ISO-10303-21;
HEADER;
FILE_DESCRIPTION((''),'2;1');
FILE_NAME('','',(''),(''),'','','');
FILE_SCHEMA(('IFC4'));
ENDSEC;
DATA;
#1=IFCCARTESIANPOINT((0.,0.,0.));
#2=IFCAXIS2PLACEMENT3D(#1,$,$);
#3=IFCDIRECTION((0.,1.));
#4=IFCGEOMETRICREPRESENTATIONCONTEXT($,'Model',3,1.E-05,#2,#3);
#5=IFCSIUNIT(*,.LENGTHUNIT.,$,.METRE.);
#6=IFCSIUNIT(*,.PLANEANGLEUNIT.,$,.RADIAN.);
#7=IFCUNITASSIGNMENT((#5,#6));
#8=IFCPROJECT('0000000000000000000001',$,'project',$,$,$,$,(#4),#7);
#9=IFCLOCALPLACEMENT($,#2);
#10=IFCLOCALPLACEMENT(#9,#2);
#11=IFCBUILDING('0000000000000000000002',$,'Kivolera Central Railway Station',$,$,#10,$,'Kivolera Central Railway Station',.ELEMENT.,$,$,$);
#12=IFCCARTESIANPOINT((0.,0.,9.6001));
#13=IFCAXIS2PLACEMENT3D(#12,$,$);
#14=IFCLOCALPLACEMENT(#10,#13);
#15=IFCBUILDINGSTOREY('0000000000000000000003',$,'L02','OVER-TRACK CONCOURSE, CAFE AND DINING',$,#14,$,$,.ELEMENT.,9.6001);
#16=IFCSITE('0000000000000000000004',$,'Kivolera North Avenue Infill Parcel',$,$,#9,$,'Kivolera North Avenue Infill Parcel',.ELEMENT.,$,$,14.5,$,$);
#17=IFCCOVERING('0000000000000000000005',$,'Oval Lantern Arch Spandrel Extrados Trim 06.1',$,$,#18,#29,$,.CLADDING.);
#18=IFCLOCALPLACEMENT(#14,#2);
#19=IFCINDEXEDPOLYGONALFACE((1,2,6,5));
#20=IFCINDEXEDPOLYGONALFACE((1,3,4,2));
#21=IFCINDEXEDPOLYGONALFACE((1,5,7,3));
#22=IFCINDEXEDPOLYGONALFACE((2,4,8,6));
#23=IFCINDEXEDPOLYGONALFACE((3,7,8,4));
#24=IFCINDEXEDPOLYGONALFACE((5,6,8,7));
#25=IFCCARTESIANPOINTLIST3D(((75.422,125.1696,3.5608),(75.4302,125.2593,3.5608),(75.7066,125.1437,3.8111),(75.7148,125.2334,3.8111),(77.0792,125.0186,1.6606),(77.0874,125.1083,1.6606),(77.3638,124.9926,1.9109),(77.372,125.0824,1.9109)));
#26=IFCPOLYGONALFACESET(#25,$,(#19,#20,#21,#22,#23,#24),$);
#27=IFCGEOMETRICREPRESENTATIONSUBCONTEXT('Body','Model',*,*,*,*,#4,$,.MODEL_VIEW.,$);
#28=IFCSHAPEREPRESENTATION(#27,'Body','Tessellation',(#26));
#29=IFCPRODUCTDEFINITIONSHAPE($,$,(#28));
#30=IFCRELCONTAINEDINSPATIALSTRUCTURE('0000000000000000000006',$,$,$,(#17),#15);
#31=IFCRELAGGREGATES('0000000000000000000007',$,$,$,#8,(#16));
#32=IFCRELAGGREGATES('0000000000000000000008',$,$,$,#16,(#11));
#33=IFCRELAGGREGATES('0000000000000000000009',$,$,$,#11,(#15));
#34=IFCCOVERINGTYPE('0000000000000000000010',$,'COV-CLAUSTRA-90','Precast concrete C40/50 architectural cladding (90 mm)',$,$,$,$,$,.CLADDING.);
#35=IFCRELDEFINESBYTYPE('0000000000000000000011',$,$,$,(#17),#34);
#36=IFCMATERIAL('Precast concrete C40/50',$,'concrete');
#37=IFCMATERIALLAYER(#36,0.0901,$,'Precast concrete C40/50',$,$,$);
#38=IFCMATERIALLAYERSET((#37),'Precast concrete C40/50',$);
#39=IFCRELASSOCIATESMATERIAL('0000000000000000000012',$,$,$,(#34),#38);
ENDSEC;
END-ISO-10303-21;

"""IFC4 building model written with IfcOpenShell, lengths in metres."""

from ifc_helpers import new_model, si_unit, direction, frame, origin, origin_2d, place, context, subcontext, project, spatial, rectangle, extrude, material, layer, layer_set, type_object, element, save


model = new_model("IFC4")

# Units and contexts
model_context = context("Model", 3, precision=1e-05, world=origin(), true_north=direction((0.0, 1.0)))
body_context = subcontext(model_context, "Body", "Model", "MODEL_VIEW")
ifc_project = project(units=[si_unit("LENGTHUNIT", "METRE"), si_unit("PLANEANGLEUNIT", "RADIAN")], contexts=[model_context])

# Site, building, storey
site_placement = place(None, origin())
site = spatial("IfcSite", under=ifc_project, at=site_placement, Name="Kivolera North Avenue Infill Parcel", LongName="Kivolera North Avenue Infill Parcel", CompositionType="ELEMENT", RefElevation=14.5)
building_placement = place(site_placement, origin())
building = spatial("IfcBuilding", under=site, at=building_placement, Name="Kivolera Central Railway Station", LongName="Kivolera Central Railway Station", CompositionType="ELEMENT")
storey_placement = place(building_placement, frame((0.0, 0.0, 9.6001)))
storey = spatial("IfcBuildingStorey", under=building, at=storey_placement, Name="L02", Description="OVER-TRACK CONCOURSE, CAFE AND DINING", CompositionType="ELEMENT", Elevation=9.6001)

# Covering
ifc_material_1 = material(Name="Precast concrete C40/50", Category="concrete")
ifc_layer_1 = layer(ifc_material_1, 0.0901, Name="Precast concrete C40/50")
ifc_layer_set_1 = layer_set([ifc_layer_1], Name="Precast concrete C40/50")
covering_type = type_object("IfcCoveringType", Name="COV-CLAUSTRA-90", Description="Precast concrete C40/50 architectural cladding (90 mm)", PredefinedType="CLADDING", material=ifc_layer_set_1)
covering_1_placement = place(storey_placement, frame((76.397, 125.126, 2.7358), z_axis=(-0.656092, 0.059789, 0.752309), x_axis=(0.090789, 0.99587, 0.0)))
element("IfcCovering", 1, at=covering_1_placement, inside=storey, type_object=covering_type, Name="Oval Lantern Arch Spandrel Extrados Trim 06.1", PredefinedType="CLADDING", context=body_context, shape_type="SweptSolid", body=[
    extrude(rectangle(XDim=0.0901, YDim=0.3799, at=origin_2d()), frame((0.0, 0.0, -1.2629)), (0.0, 0.0, 1.0), 2.5259),
])

save(model, "model.ifc")
